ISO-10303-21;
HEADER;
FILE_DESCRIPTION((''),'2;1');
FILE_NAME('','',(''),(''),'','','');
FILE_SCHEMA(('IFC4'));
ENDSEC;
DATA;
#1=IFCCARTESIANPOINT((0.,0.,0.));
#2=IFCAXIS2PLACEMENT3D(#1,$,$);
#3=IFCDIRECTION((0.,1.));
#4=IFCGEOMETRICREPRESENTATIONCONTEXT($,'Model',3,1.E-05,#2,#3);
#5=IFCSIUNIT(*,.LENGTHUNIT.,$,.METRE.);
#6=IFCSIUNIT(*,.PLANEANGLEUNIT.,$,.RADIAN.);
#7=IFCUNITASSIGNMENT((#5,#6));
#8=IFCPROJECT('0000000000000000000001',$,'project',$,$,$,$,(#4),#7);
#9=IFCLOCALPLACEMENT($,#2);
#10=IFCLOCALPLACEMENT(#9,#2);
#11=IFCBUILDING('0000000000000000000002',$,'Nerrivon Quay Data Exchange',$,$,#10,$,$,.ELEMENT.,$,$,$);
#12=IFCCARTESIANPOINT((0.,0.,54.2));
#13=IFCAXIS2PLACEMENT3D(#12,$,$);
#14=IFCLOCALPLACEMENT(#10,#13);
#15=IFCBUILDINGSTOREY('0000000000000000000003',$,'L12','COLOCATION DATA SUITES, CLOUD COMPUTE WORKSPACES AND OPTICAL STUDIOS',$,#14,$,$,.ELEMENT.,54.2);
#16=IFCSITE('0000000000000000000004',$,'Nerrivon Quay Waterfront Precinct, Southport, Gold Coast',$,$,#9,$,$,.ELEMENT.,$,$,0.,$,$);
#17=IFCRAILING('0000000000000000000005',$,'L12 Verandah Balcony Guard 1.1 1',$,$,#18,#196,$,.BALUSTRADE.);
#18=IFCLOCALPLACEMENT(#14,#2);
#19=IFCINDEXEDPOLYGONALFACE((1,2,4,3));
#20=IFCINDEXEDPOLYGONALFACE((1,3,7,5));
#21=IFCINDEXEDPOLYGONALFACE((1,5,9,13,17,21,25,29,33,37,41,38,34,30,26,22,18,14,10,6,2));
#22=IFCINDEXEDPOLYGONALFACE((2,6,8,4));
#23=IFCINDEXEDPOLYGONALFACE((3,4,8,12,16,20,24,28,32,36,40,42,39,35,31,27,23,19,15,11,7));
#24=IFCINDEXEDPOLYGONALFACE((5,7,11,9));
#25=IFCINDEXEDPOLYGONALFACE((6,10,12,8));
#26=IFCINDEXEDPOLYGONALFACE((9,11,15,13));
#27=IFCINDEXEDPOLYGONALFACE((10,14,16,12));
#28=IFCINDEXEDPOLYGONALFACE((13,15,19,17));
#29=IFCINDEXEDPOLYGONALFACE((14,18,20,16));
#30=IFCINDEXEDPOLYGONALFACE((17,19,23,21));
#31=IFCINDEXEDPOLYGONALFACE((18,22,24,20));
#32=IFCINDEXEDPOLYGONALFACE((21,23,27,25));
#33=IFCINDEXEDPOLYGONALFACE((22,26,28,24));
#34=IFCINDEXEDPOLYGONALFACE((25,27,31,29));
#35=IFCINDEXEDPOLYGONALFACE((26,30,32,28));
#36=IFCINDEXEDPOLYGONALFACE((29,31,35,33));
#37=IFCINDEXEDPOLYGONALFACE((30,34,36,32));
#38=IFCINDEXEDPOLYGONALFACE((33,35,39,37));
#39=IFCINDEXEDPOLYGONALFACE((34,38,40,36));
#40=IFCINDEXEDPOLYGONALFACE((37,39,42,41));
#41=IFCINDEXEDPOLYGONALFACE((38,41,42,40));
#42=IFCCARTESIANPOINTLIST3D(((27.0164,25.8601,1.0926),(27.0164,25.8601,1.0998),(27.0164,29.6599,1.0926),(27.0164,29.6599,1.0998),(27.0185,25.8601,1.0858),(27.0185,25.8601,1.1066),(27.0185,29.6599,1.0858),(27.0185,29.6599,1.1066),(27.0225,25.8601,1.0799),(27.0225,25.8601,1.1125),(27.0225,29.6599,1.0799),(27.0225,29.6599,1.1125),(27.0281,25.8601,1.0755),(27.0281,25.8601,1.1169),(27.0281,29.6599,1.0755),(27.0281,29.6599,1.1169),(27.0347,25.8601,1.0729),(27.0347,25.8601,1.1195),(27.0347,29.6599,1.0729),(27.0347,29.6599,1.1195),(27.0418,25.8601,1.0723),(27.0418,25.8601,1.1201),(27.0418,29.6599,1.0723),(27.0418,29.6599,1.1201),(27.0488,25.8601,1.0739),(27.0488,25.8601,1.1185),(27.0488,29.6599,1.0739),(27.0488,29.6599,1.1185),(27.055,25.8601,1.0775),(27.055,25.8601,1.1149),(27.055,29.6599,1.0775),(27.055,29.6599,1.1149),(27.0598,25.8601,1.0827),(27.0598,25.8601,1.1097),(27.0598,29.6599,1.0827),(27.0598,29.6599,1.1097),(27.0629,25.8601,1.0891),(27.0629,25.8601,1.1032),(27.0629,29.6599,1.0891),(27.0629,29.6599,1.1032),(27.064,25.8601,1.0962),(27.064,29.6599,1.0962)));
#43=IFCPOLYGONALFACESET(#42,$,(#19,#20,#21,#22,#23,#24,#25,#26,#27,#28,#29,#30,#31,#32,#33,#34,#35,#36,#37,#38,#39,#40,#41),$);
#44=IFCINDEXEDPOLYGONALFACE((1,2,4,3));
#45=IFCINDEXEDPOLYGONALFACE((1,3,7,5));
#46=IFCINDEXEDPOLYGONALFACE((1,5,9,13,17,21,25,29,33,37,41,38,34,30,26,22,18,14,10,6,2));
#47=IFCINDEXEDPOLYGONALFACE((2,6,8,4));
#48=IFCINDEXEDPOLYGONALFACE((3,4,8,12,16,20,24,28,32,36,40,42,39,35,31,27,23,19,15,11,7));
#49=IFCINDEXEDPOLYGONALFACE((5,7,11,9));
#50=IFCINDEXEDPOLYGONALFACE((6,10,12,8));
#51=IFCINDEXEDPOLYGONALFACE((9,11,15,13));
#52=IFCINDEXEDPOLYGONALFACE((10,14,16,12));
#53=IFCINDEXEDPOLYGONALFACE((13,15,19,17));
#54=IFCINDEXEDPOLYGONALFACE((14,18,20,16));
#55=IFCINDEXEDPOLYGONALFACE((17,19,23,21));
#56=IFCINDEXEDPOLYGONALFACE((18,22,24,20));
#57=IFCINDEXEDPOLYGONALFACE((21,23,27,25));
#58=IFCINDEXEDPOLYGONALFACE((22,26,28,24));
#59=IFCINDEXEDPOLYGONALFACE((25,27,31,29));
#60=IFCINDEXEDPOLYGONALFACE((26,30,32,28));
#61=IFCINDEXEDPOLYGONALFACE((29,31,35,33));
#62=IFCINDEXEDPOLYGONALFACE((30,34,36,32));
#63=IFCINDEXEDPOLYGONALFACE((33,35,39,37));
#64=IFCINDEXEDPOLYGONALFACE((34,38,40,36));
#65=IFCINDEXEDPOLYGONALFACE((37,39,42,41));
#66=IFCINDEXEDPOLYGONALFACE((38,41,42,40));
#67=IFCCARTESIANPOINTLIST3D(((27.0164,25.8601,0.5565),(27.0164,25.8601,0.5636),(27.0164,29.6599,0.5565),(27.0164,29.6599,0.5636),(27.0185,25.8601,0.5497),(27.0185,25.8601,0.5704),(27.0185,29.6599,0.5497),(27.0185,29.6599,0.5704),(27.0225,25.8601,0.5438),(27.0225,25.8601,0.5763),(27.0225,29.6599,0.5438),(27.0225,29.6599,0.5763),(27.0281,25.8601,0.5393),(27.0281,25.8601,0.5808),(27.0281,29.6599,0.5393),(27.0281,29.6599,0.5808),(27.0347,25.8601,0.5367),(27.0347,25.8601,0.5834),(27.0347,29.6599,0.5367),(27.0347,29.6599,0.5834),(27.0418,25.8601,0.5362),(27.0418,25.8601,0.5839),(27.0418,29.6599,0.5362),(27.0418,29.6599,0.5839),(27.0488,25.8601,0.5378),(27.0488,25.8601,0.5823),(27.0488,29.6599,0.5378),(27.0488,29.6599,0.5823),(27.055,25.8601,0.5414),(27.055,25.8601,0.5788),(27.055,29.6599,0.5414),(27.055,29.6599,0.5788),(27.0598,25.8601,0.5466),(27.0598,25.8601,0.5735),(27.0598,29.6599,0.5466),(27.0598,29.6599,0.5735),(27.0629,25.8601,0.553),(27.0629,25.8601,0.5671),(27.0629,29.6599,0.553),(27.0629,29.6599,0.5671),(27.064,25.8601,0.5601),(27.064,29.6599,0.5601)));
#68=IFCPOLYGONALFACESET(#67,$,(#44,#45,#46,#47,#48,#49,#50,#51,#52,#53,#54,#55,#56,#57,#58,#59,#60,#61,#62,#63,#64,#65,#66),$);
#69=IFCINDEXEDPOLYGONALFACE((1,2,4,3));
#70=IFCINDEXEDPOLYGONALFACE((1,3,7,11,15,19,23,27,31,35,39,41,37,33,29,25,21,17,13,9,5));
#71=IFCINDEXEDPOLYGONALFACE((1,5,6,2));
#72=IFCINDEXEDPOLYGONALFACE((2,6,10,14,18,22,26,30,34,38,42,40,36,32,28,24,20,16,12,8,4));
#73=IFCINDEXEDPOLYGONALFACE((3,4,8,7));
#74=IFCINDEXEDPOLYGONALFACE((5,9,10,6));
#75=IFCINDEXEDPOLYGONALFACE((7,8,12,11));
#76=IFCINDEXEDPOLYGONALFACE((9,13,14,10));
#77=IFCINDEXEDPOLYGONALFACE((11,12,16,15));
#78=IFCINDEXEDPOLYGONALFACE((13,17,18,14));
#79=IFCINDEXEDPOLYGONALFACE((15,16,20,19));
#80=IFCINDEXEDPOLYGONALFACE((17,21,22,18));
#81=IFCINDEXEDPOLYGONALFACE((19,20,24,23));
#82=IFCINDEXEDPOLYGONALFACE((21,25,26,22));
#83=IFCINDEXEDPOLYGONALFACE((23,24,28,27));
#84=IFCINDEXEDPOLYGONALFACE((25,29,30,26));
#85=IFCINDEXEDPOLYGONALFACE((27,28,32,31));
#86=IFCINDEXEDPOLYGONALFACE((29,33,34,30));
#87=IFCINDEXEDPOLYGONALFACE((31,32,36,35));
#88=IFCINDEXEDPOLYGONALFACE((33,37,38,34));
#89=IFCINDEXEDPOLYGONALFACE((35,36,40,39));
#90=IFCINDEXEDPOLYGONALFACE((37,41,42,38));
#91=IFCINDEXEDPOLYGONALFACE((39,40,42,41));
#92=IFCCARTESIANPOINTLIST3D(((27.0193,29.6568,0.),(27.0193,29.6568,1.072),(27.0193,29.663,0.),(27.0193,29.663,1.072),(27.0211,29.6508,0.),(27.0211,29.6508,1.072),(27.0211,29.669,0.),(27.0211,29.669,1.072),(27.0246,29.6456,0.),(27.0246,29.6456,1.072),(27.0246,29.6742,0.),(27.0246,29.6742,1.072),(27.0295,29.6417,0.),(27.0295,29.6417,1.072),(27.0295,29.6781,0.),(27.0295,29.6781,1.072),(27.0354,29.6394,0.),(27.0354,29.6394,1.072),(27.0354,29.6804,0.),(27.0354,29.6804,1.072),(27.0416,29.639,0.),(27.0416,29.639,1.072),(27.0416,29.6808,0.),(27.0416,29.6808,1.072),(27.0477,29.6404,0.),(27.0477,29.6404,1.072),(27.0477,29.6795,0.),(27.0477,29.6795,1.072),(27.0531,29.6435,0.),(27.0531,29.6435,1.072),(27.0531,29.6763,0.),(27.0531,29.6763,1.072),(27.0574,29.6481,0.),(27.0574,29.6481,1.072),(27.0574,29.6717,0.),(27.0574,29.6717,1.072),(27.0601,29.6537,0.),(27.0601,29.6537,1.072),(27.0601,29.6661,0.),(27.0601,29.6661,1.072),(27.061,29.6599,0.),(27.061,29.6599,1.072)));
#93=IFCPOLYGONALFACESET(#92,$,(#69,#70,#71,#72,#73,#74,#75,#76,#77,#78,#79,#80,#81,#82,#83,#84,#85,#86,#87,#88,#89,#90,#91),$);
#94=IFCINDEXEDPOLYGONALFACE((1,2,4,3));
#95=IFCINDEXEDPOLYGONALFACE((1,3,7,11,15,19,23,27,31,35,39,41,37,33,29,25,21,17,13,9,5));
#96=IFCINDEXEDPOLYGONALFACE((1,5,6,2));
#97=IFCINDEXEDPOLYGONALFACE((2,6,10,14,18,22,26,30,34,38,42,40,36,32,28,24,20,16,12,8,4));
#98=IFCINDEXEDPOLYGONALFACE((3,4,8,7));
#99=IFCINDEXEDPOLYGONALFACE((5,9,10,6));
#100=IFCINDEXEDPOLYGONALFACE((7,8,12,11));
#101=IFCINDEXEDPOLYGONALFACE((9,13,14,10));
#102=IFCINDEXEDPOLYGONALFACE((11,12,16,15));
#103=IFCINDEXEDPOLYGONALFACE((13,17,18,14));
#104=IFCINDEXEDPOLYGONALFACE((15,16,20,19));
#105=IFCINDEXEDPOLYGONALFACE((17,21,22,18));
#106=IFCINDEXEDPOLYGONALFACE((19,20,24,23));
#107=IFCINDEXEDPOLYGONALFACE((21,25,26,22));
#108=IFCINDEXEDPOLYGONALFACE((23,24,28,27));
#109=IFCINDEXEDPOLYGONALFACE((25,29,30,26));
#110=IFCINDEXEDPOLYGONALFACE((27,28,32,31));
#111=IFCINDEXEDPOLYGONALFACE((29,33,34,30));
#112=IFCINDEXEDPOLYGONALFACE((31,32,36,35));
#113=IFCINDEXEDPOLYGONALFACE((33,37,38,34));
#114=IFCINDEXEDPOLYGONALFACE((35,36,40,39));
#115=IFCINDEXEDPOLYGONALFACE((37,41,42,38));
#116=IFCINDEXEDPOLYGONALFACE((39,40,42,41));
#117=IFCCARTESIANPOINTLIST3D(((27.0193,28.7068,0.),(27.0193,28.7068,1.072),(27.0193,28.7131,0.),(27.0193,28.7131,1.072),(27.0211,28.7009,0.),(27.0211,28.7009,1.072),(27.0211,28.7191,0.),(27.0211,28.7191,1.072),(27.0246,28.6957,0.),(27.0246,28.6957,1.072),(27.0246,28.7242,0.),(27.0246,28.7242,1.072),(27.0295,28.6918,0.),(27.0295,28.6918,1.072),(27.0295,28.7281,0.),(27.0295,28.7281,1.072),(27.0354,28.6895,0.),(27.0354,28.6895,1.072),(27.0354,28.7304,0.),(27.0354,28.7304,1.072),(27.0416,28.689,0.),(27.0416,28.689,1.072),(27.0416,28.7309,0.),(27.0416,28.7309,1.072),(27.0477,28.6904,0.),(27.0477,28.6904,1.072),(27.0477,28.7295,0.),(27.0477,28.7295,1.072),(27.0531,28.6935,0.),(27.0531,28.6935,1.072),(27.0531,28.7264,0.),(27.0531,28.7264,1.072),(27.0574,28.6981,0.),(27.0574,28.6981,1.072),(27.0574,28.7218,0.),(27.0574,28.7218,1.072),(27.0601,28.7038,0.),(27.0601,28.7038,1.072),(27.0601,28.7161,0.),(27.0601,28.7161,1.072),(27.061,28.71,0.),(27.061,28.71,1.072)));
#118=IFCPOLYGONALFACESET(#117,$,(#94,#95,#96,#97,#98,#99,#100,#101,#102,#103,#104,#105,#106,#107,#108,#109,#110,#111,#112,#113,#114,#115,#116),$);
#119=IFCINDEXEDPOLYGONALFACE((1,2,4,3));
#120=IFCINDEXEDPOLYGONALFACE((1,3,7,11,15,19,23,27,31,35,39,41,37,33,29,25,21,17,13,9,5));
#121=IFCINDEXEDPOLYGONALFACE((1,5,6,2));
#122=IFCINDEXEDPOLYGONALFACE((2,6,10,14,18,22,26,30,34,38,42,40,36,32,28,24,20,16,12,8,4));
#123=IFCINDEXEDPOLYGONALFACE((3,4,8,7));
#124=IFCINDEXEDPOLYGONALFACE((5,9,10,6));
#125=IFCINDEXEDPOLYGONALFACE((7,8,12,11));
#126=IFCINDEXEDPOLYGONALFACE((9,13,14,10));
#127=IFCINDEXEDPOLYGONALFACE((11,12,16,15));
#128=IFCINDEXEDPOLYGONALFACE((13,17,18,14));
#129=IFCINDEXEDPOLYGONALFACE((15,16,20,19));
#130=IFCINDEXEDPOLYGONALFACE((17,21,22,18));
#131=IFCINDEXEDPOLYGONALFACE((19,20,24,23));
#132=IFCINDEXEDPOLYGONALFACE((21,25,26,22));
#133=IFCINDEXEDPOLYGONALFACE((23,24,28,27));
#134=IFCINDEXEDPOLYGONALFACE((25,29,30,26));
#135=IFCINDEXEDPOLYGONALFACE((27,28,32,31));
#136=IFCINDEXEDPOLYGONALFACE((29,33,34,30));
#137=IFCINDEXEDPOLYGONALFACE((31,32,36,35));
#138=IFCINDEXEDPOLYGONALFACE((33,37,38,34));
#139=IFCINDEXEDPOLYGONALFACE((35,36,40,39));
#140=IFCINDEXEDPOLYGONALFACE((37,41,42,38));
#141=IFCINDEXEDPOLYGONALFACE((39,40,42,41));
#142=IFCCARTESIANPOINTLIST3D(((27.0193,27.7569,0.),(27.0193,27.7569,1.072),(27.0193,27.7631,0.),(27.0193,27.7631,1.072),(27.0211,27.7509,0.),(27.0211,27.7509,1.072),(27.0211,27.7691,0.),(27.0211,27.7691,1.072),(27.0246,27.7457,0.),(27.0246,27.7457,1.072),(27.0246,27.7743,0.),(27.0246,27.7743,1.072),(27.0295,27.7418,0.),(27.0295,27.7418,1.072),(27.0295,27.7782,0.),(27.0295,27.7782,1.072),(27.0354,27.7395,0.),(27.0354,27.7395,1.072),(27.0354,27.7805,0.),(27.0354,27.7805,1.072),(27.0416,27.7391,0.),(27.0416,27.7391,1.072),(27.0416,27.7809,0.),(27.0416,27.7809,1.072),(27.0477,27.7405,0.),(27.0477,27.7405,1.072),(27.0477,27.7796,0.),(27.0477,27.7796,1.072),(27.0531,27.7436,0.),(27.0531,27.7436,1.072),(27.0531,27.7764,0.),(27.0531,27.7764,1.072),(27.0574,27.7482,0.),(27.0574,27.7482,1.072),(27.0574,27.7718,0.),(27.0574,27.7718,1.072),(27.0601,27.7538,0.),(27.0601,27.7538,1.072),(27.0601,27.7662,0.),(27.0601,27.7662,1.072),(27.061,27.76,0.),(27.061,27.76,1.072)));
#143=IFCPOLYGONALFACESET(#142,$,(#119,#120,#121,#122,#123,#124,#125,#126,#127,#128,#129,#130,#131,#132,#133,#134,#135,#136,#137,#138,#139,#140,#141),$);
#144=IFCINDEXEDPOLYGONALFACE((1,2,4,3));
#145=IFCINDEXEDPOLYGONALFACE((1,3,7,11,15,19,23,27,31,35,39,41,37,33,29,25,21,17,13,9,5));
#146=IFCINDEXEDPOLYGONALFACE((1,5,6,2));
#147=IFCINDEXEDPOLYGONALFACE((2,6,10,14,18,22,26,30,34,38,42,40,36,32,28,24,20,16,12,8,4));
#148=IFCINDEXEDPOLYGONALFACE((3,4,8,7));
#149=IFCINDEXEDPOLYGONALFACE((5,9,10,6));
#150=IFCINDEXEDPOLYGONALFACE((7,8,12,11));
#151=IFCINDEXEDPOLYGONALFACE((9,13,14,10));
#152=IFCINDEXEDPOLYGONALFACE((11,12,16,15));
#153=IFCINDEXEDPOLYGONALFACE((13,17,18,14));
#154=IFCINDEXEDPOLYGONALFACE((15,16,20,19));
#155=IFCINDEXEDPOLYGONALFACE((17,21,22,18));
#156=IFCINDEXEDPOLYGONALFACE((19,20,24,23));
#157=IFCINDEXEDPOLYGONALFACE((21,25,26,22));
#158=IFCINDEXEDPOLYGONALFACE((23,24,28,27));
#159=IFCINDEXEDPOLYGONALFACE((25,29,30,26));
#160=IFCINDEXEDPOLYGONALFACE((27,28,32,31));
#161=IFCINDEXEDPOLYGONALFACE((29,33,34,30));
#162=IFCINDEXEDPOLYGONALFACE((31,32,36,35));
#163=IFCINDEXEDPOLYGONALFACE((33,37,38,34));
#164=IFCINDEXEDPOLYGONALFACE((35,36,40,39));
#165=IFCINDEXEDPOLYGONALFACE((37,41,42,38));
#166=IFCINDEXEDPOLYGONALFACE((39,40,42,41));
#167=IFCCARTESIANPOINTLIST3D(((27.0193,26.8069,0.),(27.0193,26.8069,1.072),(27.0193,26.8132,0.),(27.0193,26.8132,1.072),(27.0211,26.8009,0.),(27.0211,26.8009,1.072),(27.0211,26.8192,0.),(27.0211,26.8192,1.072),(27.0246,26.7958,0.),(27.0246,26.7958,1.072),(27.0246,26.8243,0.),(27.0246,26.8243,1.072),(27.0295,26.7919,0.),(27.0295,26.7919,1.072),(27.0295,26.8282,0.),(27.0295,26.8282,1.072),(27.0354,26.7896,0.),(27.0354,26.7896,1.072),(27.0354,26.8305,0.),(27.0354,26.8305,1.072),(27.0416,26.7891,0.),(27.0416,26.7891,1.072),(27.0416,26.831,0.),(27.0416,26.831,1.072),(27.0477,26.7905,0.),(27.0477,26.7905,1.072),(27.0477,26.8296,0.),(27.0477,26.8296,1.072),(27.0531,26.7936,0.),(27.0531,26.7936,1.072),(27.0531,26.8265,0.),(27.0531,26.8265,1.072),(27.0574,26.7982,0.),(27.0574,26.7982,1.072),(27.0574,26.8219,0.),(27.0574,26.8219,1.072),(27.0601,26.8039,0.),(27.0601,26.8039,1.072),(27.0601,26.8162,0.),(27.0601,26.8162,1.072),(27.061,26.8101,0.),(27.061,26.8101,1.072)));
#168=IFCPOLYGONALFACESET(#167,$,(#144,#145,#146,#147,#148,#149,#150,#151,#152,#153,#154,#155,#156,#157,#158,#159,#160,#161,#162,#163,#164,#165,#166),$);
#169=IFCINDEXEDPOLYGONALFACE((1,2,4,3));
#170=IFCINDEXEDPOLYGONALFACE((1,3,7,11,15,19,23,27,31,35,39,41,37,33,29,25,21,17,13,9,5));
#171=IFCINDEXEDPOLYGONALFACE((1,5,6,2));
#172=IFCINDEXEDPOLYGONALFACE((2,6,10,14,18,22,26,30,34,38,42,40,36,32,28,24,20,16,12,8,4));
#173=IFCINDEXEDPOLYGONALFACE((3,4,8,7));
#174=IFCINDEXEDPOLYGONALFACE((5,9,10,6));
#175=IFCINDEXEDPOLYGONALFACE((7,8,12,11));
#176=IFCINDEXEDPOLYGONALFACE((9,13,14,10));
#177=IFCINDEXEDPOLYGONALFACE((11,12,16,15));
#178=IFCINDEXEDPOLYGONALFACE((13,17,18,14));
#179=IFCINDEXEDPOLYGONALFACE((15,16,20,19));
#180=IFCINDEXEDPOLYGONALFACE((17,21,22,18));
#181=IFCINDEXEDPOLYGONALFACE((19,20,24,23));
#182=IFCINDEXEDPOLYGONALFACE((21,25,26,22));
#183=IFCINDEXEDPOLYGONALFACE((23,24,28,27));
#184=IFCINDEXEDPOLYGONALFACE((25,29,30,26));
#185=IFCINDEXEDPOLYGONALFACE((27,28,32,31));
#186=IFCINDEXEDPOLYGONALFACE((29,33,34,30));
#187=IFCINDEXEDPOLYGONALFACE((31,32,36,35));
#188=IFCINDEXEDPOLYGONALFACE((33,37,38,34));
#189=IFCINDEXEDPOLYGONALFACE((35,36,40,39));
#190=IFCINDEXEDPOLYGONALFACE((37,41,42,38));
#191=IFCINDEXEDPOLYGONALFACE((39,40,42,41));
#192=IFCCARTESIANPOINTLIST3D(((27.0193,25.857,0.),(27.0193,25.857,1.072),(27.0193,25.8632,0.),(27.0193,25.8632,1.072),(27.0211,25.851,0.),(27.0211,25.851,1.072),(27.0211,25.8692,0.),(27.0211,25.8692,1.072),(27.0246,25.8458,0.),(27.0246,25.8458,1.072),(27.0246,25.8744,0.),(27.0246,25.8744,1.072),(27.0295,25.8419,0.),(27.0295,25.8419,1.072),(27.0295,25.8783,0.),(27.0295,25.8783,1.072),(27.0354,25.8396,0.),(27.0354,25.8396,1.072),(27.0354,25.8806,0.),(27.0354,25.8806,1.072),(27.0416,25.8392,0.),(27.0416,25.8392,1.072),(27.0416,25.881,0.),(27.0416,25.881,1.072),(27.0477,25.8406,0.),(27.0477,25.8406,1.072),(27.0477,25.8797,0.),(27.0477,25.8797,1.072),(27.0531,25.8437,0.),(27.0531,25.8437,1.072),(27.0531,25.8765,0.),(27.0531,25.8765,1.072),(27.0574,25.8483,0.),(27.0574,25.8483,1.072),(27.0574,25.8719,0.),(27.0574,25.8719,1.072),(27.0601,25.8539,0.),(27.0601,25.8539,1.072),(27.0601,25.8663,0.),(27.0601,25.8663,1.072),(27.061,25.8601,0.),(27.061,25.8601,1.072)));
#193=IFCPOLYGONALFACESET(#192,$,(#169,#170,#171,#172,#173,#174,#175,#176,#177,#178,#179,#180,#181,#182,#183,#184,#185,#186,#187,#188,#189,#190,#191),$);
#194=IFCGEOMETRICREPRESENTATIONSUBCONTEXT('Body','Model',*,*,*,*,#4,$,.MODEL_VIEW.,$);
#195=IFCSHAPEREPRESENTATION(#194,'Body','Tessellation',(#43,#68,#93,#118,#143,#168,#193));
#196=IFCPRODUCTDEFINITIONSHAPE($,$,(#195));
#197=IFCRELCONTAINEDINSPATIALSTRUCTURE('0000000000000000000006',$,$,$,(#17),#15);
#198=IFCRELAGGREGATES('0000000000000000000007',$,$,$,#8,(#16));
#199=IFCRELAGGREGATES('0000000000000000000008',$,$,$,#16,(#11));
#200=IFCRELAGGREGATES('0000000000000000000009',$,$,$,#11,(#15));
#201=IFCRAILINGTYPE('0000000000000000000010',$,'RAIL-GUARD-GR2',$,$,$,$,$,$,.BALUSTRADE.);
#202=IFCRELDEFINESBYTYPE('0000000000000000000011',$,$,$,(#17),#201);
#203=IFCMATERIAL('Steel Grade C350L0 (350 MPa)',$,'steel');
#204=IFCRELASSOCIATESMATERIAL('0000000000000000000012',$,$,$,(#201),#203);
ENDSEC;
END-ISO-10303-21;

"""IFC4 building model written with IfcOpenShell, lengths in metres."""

from ifc_helpers import new_model, si_unit, direction, frame, origin, origin_2d, place, context, subcontext, project, spatial, circle, extrude, material, type_object, element, save


model = new_model("IFC4")

# Units and contexts
model_context = context("Model", 3, precision=1e-05, world=origin(), true_north=direction((0.0, 1.0)))
body_context = subcontext(model_context, "Body", "Model", "MODEL_VIEW")
ifc_project = project(units=[si_unit("LENGTHUNIT", "METRE"), si_unit("PLANEANGLEUNIT", "RADIAN")], contexts=[model_context])

# Site, building, storey
site_placement = place(None, origin())
site = spatial("IfcSite", under=ifc_project, at=site_placement, Name="Nerrivon Quay Waterfront Precinct, Southport, Gold Coast", CompositionType="ELEMENT", RefElevation=0.0)
building_placement = place(site_placement, origin())
building = spatial("IfcBuilding", under=site, at=building_placement, Name="Nerrivon Quay Data Exchange", CompositionType="ELEMENT")
storey_placement = place(building_placement, frame((0.0, 0.0, 54.2)))
storey = spatial("IfcBuildingStorey", under=building, at=storey_placement, Name="L12", Description="COLOCATION DATA SUITES, CLOUD COMPUTE WORKSPACES AND OPTICAL STUDIOS", CompositionType="ELEMENT", Elevation=54.2)

# Railing
ifc_material_1 = material(Name="Steel Grade C350L0 (350 MPa)", Category="steel")
railing_type = type_object("IfcRailingType", Name="RAIL-GUARD-GR2", PredefinedType="BALUSTRADE", material=ifc_material_1)
railing_1_placement = place(storey_placement, frame((27.04, 29.6599, 0.0)))
element("IfcRailing", 1, at=railing_1_placement, inside=storey, type_object=railing_type, Name="L12 Verandah Balcony Guard 1.1 1", PredefinedType="BALUSTRADE", context=body_context, shape_type="SweptSolid", body=[
    extrude(circle(Radius=0.0239, at=origin_2d()), frame((0.0, 0.0, 1.0962), z_axis=(0.0, -1.0, 0.0), x_axis=(1.0, 0.0, 0.0)), (0.0, 0.0, 1.0), 3.7998),
    extrude(circle(Radius=0.0239, at=origin_2d()), frame((0.0, 0.0, 0.5601), z_axis=(0.0, -1.0, 0.0), x_axis=(1.0, 0.0, 0.0)), (0.0, 0.0, 1.0), 3.7998),
    extrude(circle(Radius=0.021, at=origin_2d()), origin(), (0.0, 0.0, 1.0), 1.072),
    extrude(circle(Radius=0.021, at=origin_2d()), frame((0.0, -0.95, 0.0)), (0.0, 0.0, 1.0), 1.072),
    extrude(circle(Radius=0.021, at=origin_2d()), frame((0.0, -1.8999, 0.0)), (0.0, 0.0, 1.0), 1.072),
    extrude(circle(Radius=0.021, at=origin_2d()), frame((0.0, -2.8499, 0.0)), (0.0, 0.0, 1.0), 1.072),
    extrude(circle(Radius=0.021, at=origin_2d()), frame((0.0, -3.7998, 0.0)), (0.0, 0.0, 1.0), 1.072),
])

save(model, "model.ifc")
